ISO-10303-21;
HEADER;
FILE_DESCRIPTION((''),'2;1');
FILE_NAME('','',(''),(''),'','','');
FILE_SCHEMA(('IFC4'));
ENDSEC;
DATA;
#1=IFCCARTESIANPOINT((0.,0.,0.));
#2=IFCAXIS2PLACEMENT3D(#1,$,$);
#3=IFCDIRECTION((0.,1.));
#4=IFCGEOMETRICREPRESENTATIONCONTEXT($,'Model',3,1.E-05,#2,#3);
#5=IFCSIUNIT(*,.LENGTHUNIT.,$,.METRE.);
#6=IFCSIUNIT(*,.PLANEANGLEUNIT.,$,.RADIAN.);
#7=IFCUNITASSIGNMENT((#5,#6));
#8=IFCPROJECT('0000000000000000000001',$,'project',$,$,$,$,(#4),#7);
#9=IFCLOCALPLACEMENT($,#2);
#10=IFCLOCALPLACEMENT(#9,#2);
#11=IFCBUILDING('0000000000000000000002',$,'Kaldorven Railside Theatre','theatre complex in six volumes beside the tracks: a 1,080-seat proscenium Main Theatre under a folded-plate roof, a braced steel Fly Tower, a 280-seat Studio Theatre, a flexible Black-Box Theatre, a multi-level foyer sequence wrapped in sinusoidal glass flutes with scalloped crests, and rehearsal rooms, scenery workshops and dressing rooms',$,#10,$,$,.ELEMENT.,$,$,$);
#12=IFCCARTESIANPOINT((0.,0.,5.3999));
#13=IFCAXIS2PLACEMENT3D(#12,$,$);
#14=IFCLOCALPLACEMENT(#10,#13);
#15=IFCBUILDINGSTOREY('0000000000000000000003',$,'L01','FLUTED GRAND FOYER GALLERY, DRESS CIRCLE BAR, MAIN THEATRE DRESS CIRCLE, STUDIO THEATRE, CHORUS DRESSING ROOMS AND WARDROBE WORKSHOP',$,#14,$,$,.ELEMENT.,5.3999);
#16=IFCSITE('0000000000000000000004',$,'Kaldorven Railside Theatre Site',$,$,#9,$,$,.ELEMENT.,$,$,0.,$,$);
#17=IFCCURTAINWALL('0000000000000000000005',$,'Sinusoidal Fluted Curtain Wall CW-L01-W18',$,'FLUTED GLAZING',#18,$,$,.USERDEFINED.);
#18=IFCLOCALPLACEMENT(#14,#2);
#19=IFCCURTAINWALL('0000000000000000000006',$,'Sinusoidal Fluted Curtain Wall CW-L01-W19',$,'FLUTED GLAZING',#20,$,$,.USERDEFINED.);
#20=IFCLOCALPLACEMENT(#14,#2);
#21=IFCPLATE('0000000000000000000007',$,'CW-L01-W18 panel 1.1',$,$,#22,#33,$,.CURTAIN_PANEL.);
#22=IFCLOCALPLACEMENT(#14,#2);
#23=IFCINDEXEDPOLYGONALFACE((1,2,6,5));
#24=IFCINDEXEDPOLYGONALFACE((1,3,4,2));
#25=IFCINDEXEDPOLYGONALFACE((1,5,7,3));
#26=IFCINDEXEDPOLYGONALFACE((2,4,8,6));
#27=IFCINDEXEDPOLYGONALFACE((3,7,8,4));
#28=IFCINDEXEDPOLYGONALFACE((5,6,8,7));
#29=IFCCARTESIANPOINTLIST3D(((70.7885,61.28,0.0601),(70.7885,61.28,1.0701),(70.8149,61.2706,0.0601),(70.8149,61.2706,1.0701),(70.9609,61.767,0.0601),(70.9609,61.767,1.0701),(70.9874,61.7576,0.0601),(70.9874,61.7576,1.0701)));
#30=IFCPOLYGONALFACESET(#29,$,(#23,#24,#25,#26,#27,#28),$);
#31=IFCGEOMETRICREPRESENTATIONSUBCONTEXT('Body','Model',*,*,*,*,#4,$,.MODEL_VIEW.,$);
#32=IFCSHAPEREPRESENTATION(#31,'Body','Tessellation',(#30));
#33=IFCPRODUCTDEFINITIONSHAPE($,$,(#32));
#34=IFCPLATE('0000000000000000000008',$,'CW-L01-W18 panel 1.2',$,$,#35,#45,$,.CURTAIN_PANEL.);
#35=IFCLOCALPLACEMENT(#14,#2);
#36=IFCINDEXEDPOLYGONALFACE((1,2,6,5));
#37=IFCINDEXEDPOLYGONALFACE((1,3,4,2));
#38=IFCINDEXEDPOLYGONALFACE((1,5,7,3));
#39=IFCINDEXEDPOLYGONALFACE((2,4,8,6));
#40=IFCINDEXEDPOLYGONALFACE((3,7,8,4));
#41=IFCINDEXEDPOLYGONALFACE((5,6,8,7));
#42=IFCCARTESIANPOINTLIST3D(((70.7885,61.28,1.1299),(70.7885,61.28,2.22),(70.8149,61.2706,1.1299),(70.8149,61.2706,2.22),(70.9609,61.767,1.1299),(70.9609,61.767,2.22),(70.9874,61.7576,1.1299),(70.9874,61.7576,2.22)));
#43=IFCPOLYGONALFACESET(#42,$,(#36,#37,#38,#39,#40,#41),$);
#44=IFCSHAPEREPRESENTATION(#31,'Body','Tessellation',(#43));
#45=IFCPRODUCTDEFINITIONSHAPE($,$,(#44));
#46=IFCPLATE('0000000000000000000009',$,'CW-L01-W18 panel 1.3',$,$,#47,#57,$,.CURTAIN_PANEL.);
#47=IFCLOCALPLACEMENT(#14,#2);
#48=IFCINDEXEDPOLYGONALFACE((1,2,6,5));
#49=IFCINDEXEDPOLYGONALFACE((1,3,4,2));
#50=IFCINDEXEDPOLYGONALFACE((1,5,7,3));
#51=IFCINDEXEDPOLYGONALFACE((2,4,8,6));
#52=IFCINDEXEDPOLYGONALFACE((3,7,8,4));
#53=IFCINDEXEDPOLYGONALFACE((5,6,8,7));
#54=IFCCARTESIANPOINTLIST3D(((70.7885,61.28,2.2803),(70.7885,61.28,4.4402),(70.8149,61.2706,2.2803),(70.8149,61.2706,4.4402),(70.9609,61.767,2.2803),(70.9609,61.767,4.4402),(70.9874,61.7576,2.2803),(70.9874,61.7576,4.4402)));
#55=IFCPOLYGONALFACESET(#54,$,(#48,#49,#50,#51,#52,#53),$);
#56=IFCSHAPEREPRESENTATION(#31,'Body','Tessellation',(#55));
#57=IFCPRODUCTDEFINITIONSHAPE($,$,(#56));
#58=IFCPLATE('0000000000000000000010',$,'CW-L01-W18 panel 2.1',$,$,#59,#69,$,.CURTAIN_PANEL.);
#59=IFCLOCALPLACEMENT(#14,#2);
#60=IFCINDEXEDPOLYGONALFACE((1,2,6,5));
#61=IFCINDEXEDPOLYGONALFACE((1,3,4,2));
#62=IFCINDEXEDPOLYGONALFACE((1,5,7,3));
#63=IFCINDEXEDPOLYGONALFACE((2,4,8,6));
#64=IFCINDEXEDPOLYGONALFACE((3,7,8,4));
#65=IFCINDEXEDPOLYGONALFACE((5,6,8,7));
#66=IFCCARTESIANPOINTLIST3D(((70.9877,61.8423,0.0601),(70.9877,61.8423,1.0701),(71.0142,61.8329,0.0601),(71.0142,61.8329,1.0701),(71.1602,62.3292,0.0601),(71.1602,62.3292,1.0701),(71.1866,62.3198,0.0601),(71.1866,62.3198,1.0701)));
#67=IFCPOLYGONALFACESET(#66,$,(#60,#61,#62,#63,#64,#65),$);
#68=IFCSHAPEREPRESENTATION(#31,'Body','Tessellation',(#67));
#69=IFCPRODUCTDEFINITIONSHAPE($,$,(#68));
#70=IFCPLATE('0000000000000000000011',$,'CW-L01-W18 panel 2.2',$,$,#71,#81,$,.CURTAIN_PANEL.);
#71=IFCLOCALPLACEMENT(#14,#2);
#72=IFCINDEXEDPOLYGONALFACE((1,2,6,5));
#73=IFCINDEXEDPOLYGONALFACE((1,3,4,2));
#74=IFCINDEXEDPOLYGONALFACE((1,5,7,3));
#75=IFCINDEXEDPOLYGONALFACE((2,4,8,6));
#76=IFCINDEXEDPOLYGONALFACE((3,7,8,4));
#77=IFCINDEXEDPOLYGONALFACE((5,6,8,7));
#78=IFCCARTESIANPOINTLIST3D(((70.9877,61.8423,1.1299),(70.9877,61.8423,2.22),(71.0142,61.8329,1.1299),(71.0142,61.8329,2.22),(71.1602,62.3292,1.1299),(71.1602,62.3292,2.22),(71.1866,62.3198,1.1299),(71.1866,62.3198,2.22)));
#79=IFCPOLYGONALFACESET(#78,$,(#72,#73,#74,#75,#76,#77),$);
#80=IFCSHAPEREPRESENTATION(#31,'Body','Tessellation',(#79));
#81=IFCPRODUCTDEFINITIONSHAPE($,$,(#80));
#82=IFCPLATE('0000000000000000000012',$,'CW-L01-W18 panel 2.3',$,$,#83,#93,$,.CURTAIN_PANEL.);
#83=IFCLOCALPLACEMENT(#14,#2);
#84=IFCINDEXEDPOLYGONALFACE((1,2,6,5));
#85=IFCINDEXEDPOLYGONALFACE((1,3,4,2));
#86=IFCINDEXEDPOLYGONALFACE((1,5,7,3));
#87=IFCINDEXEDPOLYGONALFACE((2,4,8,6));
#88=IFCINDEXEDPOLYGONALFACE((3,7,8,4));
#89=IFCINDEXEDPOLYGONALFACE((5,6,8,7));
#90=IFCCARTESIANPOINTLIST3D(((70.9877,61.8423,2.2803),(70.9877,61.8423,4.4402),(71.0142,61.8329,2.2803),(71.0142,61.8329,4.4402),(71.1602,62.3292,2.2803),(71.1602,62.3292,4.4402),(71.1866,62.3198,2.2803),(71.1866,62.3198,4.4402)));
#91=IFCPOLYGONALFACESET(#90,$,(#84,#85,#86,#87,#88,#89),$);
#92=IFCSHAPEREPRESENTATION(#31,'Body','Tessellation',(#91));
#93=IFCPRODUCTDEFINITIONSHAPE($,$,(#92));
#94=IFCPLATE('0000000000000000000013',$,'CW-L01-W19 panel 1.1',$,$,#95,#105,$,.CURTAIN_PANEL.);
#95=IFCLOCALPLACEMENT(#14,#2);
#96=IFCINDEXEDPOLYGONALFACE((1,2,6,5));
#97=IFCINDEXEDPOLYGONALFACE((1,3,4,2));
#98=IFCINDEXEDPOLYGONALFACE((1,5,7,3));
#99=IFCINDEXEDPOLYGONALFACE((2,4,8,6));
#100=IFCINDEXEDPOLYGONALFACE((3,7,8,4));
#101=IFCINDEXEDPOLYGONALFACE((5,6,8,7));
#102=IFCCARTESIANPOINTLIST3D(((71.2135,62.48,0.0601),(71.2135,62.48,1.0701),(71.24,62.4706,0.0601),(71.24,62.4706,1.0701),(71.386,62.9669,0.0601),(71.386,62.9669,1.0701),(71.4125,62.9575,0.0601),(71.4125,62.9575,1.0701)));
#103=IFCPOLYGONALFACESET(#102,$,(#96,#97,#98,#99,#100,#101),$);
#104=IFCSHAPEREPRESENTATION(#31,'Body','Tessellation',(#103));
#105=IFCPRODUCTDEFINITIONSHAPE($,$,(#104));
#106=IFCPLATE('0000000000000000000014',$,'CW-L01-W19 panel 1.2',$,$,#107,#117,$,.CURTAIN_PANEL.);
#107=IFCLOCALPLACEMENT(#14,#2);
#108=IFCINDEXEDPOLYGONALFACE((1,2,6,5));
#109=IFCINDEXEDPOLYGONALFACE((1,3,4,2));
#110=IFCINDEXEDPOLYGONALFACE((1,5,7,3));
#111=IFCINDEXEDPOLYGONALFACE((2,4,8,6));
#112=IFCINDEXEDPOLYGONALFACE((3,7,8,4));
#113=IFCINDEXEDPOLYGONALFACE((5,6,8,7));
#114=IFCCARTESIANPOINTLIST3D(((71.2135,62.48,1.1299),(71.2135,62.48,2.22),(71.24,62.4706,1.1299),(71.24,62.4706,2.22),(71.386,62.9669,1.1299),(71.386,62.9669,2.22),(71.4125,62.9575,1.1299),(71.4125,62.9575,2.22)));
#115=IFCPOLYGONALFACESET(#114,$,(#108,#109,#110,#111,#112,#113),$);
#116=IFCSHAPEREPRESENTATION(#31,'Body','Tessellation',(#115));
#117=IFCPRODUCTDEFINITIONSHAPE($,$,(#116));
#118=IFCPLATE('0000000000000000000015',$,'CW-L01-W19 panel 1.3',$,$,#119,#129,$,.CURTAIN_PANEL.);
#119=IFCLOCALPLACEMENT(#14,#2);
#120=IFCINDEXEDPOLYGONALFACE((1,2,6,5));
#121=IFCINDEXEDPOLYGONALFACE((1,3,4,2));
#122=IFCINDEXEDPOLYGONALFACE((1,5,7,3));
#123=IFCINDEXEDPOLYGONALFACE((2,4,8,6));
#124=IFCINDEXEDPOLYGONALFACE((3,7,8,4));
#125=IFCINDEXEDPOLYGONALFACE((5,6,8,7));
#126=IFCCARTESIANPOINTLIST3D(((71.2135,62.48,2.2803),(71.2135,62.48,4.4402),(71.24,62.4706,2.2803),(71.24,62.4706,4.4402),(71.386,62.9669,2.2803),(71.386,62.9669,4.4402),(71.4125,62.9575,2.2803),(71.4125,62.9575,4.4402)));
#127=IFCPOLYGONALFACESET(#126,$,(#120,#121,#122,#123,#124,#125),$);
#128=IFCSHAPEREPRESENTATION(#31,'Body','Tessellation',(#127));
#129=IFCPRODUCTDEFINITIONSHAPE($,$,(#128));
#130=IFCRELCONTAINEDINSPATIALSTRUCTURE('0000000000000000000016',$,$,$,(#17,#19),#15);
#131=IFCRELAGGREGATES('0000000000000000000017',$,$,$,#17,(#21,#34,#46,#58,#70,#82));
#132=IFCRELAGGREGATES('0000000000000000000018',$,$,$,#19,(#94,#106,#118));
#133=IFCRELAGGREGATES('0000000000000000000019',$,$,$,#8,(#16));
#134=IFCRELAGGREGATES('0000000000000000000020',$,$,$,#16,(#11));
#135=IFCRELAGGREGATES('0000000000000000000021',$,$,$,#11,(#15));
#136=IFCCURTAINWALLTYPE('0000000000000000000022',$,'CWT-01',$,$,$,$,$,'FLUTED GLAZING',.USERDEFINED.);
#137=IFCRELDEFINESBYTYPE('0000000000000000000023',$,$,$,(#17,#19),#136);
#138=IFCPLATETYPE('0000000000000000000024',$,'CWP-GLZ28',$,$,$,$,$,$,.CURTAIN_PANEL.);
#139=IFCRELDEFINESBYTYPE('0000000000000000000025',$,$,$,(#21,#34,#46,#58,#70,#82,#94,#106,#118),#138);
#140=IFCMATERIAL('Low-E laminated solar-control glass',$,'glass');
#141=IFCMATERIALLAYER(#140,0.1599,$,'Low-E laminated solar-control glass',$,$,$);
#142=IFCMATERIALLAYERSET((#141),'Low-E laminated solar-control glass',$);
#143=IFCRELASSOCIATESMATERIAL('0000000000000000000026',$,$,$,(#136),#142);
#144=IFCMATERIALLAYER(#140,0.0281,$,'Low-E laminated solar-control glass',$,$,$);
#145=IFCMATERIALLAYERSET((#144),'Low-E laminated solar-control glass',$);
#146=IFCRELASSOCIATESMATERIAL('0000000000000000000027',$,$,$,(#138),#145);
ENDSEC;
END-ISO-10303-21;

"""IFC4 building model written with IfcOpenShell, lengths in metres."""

from ifc_helpers import new_model, si_unit, direction, frame, origin, origin_2d, place, context, subcontext, project, spatial, rectangle, extrude, material, layer, layer_set, type_object, element, aggregate, save


model = new_model("IFC4")

# Units and contexts
model_context = context("Model", 3, precision=1e-05, world=origin(), true_north=direction((0.0, 1.0)))
body_context = subcontext(model_context, "Body", "Model", "MODEL_VIEW")
ifc_project = project(units=[si_unit("LENGTHUNIT", "METRE"), si_unit("PLANEANGLEUNIT", "RADIAN")], contexts=[model_context])

# Site, building, storey
site_placement = place(None, origin())
site = spatial("IfcSite", under=ifc_project, at=site_placement, Name="Kaldorven Railside Theatre Site", CompositionType="ELEMENT", RefElevation=0.0)
building_placement = place(site_placement, origin())
building = spatial("IfcBuilding", under=site, at=building_placement, Name="Kaldorven Railside Theatre", Description="theatre complex in six volumes beside the tracks: a 1,080-seat proscenium Main Theatre under a folded-plate roof, a braced steel Fly Tower, a 280-seat Studio Theatre, a flexible Black-Box Theatre, a multi-level foyer sequence wrapped in sinusoidal glass flutes with scalloped crests, and rehearsal rooms, scenery workshops and dressing rooms", CompositionType="ELEMENT")
storey_placement = place(building_placement, frame((0.0, 0.0, 5.3999)))
storey = spatial("IfcBuildingStorey", under=building, at=storey_placement, Name="L01", Description="FLUTED GRAND FOYER GALLERY, DRESS CIRCLE BAR, MAIN THEATRE DRESS CIRCLE, STUDIO THEATRE, CHORUS DRESSING ROOMS AND WARDROBE WORKSHOP", CompositionType="ELEMENT", Elevation=5.3999)

# Curtain walls
ifc_material_1 = material(Name="Low-E laminated solar-control glass", Category="glass")
ifc_layer_1 = layer(ifc_material_1, 0.1599, Name="Low-E laminated solar-control glass")
ifc_layer_set_1 = layer_set([ifc_layer_1], Name="Low-E laminated solar-control glass")
curtain_wall_type = type_object("IfcCurtainWallType", Name="CWT-01", ElementType="FLUTED GLAZING", PredefinedType="USERDEFINED", material=ifc_layer_set_1)
curtain_wall_1_placement = place(storey_placement, origin())
curtain_wall_1 = element("IfcCurtainWall", 1, at=curtain_wall_1_placement, inside=storey, type_object=curtain_wall_type, Name="Sinusoidal Fluted Curtain Wall CW-L01-W18", ObjectType="FLUTED GLAZING", PredefinedType="USERDEFINED")
curtain_wall_2_placement = place(storey_placement, origin())
curtain_wall_2 = element("IfcCurtainWall", 2, at=curtain_wall_2_placement, inside=storey, type_object=curtain_wall_type, Name="Sinusoidal Fluted Curtain Wall CW-L01-W19", ObjectType="FLUTED GLAZING", PredefinedType="USERDEFINED")

# Plates
ifc_layer_2 = layer(ifc_material_1, 0.0281, Name="Low-E laminated solar-control glass")
ifc_layer_set_2 = layer_set([ifc_layer_2], Name="Low-E laminated solar-control glass")
plate_type = type_object("IfcPlateType", Name="CWP-GLZ28", PredefinedType="CURTAIN_PANEL", material=ifc_layer_set_2)
plate_1_placement = place(storey_placement, frame((70.8879, 61.5188, 0.0601), z_axis=(0.0, 0.0, 1.0), x_axis=(0.333847, 0.942627, 0.0)))
plate_1 = element("IfcPlate", 3, at=plate_1_placement, type_object=plate_type, Name="CW-L01-W18 panel 1.1", PredefinedType="CURTAIN_PANEL", context=body_context, shape_type="SweptSolid", body=[
    extrude(rectangle(XDim=0.5166, YDim=0.0281, at=origin_2d()), origin(), (0.0, 0.0, 1.0), 1.01),
])
plate_2_placement = place(storey_placement, frame((70.8879, 61.5188, 1.1299), z_axis=(0.0, 0.0, 1.0), x_axis=(0.333847, 0.942627, 0.0)))
plate_2 = element("IfcPlate", 4, at=plate_2_placement, type_object=plate_type, Name="CW-L01-W18 panel 1.2", PredefinedType="CURTAIN_PANEL", context=body_context, shape_type="SweptSolid", body=[
    extrude(rectangle(XDim=0.5166, YDim=0.0281, at=origin_2d()), origin(), (0.0, 0.0, 1.0), 1.0901),
])
plate_3_placement = place(storey_placement, frame((70.8879, 61.5188, 2.2803), z_axis=(0.0, 0.0, 1.0), x_axis=(0.333847, 0.942627, 0.0)))
plate_3 = element("IfcPlate", 5, at=plate_3_placement, type_object=plate_type, Name="CW-L01-W18 panel 1.3", PredefinedType="CURTAIN_PANEL", context=body_context, shape_type="SweptSolid", body=[
    extrude(rectangle(XDim=0.5166, YDim=0.0281, at=origin_2d()), origin(), (0.0, 0.0, 1.0), 2.1599),
])
plate_4_placement = place(storey_placement, frame((71.0872, 62.0811, 0.0601), z_axis=(0.0, 0.0, 1.0), x_axis=(0.333847, 0.942627, 0.0)))
plate_4 = element("IfcPlate", 6, at=plate_4_placement, type_object=plate_type, Name="CW-L01-W18 panel 2.1", PredefinedType="CURTAIN_PANEL", context=body_context, shape_type="SweptSolid", body=[
    extrude(rectangle(XDim=0.5166, YDim=0.0281, at=origin_2d()), origin(), (0.0, 0.0, 1.0), 1.01),
])
plate_5_placement = place(storey_placement, frame((71.0872, 62.0811, 1.1299), z_axis=(0.0, 0.0, 1.0), x_axis=(0.333847, 0.942627, 0.0)))
plate_5 = element("IfcPlate", 7, at=plate_5_placement, type_object=plate_type, Name="CW-L01-W18 panel 2.2", PredefinedType="CURTAIN_PANEL", context=body_context, shape_type="SweptSolid", body=[
    extrude(rectangle(XDim=0.5166, YDim=0.0281, at=origin_2d()), origin(), (0.0, 0.0, 1.0), 1.0901),
])
plate_6_placement = place(storey_placement, frame((71.0872, 62.0811, 2.2803), z_axis=(0.0, 0.0, 1.0), x_axis=(0.333847, 0.942627, 0.0)))
plate_6 = element("IfcPlate", 8, at=plate_6_placement, type_object=plate_type, Name="CW-L01-W18 panel 2.3", PredefinedType="CURTAIN_PANEL", context=body_context, shape_type="SweptSolid", body=[
    extrude(rectangle(XDim=0.5166, YDim=0.0281, at=origin_2d()), origin(), (0.0, 0.0, 1.0), 2.1599),
])
aggregate(curtain_wall_1, [plate_1, plate_2, plate_3, plate_4, plate_5, plate_6])
plate_7_placement = place(storey_placement, frame((71.313, 62.7188, 0.0601), z_axis=(0.0, 0.0, 1.0), x_axis=(0.333847, 0.942627, 0.0)))
plate_7 = element("IfcPlate", 9, at=plate_7_placement, type_object=plate_type, Name="CW-L01-W19 panel 1.1", PredefinedType="CURTAIN_PANEL", context=body_context, shape_type="SweptSolid", body=[
    extrude(rectangle(XDim=0.5166, YDim=0.0281, at=origin_2d()), origin(), (0.0, 0.0, 1.0), 1.01),
])
plate_8_placement = place(storey_placement, frame((71.313, 62.7188, 1.1299), z_axis=(0.0, 0.0, 1.0), x_axis=(0.333847, 0.942627, 0.0)))
plate_8 = element("IfcPlate", 10, at=plate_8_placement, type_object=plate_type, Name="CW-L01-W19 panel 1.2", PredefinedType="CURTAIN_PANEL", context=body_context, shape_type="SweptSolid", body=[
    extrude(rectangle(XDim=0.5166, YDim=0.0281, at=origin_2d()), origin(), (0.0, 0.0, 1.0), 1.0901),
])
plate_9_placement = place(storey_placement, frame((71.313, 62.7188, 2.2803), z_axis=(0.0, 0.0, 1.0), x_axis=(0.333847, 0.942627, 0.0)))
plate_9 = element("IfcPlate", 11, at=plate_9_placement, type_object=plate_type, Name="CW-L01-W19 panel 1.3", PredefinedType="CURTAIN_PANEL", context=body_context, shape_type="SweptSolid", body=[
    extrude(rectangle(XDim=0.5166, YDim=0.0281, at=origin_2d()), origin(), (0.0, 0.0, 1.0), 2.1599),
])
aggregate(curtain_wall_2, [plate_7, plate_8, plate_9])

save(model, "model.ifc")
